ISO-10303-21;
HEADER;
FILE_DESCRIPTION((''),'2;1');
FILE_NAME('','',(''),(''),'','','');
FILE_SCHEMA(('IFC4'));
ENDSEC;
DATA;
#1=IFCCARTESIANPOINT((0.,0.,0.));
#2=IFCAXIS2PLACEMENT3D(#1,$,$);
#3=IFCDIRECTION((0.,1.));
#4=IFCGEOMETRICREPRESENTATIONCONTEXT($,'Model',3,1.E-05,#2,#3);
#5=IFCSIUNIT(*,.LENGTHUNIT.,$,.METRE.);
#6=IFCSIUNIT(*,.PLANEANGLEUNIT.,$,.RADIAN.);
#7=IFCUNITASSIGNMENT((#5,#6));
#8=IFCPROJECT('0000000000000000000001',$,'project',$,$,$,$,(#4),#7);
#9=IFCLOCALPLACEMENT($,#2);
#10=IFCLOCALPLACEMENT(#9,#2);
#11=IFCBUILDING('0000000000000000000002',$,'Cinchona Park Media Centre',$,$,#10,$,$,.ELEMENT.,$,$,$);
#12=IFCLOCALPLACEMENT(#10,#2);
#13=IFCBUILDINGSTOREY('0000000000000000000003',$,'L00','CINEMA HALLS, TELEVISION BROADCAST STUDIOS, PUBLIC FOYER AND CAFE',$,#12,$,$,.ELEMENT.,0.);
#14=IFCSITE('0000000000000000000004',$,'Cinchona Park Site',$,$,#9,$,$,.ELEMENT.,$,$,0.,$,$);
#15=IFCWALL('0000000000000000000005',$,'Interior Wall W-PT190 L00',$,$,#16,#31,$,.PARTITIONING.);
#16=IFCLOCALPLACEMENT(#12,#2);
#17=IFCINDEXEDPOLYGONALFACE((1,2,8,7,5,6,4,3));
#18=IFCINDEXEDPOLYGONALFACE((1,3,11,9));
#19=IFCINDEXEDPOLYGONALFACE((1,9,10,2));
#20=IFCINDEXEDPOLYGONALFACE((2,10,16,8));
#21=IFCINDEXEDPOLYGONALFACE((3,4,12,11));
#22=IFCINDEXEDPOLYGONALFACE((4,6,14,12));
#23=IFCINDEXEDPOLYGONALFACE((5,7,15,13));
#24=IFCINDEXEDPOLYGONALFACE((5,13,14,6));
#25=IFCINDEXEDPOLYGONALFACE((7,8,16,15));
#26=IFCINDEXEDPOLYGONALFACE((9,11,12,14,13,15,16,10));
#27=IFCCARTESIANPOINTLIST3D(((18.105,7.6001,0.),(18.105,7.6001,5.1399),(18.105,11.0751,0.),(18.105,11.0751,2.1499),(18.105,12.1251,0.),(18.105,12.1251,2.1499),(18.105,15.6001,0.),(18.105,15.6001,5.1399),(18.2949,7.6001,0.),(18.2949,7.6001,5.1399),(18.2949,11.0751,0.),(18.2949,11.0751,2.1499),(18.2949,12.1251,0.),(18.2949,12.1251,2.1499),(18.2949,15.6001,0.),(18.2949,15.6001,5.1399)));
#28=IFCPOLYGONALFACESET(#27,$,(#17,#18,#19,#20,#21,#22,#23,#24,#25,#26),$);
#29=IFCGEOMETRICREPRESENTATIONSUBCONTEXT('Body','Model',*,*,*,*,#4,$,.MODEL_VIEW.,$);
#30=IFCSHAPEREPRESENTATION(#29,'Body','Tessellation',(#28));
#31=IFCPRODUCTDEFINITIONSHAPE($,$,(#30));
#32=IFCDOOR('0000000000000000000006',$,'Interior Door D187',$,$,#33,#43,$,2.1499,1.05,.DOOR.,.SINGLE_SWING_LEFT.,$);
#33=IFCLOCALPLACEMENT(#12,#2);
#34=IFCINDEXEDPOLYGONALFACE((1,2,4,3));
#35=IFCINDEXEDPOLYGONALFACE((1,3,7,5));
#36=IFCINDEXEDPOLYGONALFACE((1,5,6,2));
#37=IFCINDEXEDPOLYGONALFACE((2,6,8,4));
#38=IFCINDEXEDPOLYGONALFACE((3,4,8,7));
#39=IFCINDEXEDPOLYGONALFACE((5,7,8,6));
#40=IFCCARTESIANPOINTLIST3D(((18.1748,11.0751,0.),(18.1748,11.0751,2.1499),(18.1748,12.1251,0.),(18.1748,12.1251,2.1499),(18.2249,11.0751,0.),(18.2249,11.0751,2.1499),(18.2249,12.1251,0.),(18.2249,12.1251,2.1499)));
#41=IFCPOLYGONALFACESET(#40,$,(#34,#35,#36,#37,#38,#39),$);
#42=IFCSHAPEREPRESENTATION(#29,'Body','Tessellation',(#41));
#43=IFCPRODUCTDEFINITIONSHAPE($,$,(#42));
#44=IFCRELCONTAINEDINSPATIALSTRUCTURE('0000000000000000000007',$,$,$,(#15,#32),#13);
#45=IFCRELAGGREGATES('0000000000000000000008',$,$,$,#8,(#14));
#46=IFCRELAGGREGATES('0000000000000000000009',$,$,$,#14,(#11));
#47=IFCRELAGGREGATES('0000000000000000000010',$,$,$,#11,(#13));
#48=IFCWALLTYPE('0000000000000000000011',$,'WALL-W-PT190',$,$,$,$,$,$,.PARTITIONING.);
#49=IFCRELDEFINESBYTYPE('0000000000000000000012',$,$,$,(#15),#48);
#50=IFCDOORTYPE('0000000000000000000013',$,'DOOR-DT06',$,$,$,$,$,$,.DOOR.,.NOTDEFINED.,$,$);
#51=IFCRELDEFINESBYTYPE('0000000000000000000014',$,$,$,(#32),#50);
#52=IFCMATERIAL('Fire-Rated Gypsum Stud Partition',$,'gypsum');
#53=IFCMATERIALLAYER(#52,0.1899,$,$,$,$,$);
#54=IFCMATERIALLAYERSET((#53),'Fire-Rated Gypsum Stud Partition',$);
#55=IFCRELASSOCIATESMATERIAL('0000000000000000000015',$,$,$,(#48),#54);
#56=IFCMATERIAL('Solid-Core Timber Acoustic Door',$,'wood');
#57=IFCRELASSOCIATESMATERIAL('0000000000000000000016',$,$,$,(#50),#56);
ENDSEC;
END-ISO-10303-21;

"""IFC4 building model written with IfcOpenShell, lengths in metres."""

from ifc_helpers import new_model, si_unit, direction, frame, frame_2d, origin, place, context, subcontext, project, spatial, rectangle, extrude, material, layer, layer_set, type_object, element, fill, save


model = new_model("IFC4")

# Units and contexts
model_context = context("Model", 3, precision=1e-05, world=origin(), true_north=direction((0.0, 1.0)))
body_context = subcontext(model_context, "Body", "Model", "MODEL_VIEW")
ifc_project = project(units=[si_unit("LENGTHUNIT", "METRE"), si_unit("PLANEANGLEUNIT", "RADIAN")], contexts=[model_context])

# Site, building, storey
site_placement = place(None, origin())
site = spatial("IfcSite", under=ifc_project, at=site_placement, Name="Cinchona Park Site", CompositionType="ELEMENT", RefElevation=0.0)
building_placement = place(site_placement, origin())
building = spatial("IfcBuilding", under=site, at=building_placement, Name="Cinchona Park Media Centre", CompositionType="ELEMENT")
storey_placement = place(building_placement, origin())
storey = spatial("IfcBuildingStorey", under=building, at=storey_placement, Name="L00", Description="CINEMA HALLS, TELEVISION BROADCAST STUDIOS, PUBLIC FOYER AND CAFE", CompositionType="ELEMENT", Elevation=0.0)

# Wall, opening, door
ifc_material_1 = material(Name="Fire-Rated Gypsum Stud Partition", Category="gypsum")
ifc_layer_1 = layer(ifc_material_1, 0.1899)
ifc_layer_set_1 = layer_set([ifc_layer_1], Name="Fire-Rated Gypsum Stud Partition")
wall_type_1 = type_object("IfcWallType", Name="WALL-W-PT190", PredefinedType="PARTITIONING", material=ifc_layer_set_1)
wall_1_placement = place(storey_placement, frame((18.2, 15.6001, 0.0), z_axis=(0.0, 0.0, 1.0), x_axis=(0.0, -1.0, 0.0)))
wall_1 = element("IfcWall", 1, at=wall_1_placement, inside=storey, type_object=wall_type_1, Name="Interior Wall W-PT190 L00", PredefinedType="PARTITIONING", context=body_context, shape_type="SweptSolid", body=[
    extrude(rectangle(XDim=8.0, YDim=0.1899, at=frame_2d((4.0, 0.0))), origin(), (0.0, 0.0, 1.0), 5.1399),
])
opening_1_placement = place(wall_1_placement, frame((3.4751, 0.0, 0.0)))
opening_1 = element("IfcOpeningElement", 2, at=opening_1_placement, cuts=wall_1, PredefinedType="OPENING", context=body_context, shape_type="SweptSolid", body=[
    extrude(rectangle(XDim=1.05, YDim=2.1499, at=frame_2d((0.5249, 1.075))), frame((0.0, 0.105, 0.0), z_axis=(0.0, -1.0, 0.0), x_axis=(1.0, 0.0, 0.0)), (0.0, 0.0, 1.0), 0.21),
])
ifc_material_2 = material(Name="Solid-Core Timber Acoustic Door", Category="wood")
door_type_1 = type_object("IfcDoorType", Name="DOOR-DT06", OperationType="NOTDEFINED", PredefinedType="DOOR", material=ifc_material_2)
door_1_placement = place(opening_1_placement, origin())
door_1 = element("IfcDoor", 3, at=door_1_placement, inside=storey, type_object=door_type_1, Name="Interior Door D187", OperationType="SINGLE_SWING_LEFT", OverallHeight=2.1499, OverallWidth=1.05, PredefinedType="DOOR", context=body_context, shape_type="SweptSolid", body=[
    extrude(rectangle(XDim=1.05, YDim=2.1499, at=frame_2d((0.5249, 1.075))), frame((0.0, 0.0249, 0.0), z_axis=(0.0, -1.0, 0.0), x_axis=(1.0, 0.0, 0.0)), (0.0, 0.0, 1.0), 0.05),
])
fill(opening_1, door_1)

save(model, "model.ifc")
